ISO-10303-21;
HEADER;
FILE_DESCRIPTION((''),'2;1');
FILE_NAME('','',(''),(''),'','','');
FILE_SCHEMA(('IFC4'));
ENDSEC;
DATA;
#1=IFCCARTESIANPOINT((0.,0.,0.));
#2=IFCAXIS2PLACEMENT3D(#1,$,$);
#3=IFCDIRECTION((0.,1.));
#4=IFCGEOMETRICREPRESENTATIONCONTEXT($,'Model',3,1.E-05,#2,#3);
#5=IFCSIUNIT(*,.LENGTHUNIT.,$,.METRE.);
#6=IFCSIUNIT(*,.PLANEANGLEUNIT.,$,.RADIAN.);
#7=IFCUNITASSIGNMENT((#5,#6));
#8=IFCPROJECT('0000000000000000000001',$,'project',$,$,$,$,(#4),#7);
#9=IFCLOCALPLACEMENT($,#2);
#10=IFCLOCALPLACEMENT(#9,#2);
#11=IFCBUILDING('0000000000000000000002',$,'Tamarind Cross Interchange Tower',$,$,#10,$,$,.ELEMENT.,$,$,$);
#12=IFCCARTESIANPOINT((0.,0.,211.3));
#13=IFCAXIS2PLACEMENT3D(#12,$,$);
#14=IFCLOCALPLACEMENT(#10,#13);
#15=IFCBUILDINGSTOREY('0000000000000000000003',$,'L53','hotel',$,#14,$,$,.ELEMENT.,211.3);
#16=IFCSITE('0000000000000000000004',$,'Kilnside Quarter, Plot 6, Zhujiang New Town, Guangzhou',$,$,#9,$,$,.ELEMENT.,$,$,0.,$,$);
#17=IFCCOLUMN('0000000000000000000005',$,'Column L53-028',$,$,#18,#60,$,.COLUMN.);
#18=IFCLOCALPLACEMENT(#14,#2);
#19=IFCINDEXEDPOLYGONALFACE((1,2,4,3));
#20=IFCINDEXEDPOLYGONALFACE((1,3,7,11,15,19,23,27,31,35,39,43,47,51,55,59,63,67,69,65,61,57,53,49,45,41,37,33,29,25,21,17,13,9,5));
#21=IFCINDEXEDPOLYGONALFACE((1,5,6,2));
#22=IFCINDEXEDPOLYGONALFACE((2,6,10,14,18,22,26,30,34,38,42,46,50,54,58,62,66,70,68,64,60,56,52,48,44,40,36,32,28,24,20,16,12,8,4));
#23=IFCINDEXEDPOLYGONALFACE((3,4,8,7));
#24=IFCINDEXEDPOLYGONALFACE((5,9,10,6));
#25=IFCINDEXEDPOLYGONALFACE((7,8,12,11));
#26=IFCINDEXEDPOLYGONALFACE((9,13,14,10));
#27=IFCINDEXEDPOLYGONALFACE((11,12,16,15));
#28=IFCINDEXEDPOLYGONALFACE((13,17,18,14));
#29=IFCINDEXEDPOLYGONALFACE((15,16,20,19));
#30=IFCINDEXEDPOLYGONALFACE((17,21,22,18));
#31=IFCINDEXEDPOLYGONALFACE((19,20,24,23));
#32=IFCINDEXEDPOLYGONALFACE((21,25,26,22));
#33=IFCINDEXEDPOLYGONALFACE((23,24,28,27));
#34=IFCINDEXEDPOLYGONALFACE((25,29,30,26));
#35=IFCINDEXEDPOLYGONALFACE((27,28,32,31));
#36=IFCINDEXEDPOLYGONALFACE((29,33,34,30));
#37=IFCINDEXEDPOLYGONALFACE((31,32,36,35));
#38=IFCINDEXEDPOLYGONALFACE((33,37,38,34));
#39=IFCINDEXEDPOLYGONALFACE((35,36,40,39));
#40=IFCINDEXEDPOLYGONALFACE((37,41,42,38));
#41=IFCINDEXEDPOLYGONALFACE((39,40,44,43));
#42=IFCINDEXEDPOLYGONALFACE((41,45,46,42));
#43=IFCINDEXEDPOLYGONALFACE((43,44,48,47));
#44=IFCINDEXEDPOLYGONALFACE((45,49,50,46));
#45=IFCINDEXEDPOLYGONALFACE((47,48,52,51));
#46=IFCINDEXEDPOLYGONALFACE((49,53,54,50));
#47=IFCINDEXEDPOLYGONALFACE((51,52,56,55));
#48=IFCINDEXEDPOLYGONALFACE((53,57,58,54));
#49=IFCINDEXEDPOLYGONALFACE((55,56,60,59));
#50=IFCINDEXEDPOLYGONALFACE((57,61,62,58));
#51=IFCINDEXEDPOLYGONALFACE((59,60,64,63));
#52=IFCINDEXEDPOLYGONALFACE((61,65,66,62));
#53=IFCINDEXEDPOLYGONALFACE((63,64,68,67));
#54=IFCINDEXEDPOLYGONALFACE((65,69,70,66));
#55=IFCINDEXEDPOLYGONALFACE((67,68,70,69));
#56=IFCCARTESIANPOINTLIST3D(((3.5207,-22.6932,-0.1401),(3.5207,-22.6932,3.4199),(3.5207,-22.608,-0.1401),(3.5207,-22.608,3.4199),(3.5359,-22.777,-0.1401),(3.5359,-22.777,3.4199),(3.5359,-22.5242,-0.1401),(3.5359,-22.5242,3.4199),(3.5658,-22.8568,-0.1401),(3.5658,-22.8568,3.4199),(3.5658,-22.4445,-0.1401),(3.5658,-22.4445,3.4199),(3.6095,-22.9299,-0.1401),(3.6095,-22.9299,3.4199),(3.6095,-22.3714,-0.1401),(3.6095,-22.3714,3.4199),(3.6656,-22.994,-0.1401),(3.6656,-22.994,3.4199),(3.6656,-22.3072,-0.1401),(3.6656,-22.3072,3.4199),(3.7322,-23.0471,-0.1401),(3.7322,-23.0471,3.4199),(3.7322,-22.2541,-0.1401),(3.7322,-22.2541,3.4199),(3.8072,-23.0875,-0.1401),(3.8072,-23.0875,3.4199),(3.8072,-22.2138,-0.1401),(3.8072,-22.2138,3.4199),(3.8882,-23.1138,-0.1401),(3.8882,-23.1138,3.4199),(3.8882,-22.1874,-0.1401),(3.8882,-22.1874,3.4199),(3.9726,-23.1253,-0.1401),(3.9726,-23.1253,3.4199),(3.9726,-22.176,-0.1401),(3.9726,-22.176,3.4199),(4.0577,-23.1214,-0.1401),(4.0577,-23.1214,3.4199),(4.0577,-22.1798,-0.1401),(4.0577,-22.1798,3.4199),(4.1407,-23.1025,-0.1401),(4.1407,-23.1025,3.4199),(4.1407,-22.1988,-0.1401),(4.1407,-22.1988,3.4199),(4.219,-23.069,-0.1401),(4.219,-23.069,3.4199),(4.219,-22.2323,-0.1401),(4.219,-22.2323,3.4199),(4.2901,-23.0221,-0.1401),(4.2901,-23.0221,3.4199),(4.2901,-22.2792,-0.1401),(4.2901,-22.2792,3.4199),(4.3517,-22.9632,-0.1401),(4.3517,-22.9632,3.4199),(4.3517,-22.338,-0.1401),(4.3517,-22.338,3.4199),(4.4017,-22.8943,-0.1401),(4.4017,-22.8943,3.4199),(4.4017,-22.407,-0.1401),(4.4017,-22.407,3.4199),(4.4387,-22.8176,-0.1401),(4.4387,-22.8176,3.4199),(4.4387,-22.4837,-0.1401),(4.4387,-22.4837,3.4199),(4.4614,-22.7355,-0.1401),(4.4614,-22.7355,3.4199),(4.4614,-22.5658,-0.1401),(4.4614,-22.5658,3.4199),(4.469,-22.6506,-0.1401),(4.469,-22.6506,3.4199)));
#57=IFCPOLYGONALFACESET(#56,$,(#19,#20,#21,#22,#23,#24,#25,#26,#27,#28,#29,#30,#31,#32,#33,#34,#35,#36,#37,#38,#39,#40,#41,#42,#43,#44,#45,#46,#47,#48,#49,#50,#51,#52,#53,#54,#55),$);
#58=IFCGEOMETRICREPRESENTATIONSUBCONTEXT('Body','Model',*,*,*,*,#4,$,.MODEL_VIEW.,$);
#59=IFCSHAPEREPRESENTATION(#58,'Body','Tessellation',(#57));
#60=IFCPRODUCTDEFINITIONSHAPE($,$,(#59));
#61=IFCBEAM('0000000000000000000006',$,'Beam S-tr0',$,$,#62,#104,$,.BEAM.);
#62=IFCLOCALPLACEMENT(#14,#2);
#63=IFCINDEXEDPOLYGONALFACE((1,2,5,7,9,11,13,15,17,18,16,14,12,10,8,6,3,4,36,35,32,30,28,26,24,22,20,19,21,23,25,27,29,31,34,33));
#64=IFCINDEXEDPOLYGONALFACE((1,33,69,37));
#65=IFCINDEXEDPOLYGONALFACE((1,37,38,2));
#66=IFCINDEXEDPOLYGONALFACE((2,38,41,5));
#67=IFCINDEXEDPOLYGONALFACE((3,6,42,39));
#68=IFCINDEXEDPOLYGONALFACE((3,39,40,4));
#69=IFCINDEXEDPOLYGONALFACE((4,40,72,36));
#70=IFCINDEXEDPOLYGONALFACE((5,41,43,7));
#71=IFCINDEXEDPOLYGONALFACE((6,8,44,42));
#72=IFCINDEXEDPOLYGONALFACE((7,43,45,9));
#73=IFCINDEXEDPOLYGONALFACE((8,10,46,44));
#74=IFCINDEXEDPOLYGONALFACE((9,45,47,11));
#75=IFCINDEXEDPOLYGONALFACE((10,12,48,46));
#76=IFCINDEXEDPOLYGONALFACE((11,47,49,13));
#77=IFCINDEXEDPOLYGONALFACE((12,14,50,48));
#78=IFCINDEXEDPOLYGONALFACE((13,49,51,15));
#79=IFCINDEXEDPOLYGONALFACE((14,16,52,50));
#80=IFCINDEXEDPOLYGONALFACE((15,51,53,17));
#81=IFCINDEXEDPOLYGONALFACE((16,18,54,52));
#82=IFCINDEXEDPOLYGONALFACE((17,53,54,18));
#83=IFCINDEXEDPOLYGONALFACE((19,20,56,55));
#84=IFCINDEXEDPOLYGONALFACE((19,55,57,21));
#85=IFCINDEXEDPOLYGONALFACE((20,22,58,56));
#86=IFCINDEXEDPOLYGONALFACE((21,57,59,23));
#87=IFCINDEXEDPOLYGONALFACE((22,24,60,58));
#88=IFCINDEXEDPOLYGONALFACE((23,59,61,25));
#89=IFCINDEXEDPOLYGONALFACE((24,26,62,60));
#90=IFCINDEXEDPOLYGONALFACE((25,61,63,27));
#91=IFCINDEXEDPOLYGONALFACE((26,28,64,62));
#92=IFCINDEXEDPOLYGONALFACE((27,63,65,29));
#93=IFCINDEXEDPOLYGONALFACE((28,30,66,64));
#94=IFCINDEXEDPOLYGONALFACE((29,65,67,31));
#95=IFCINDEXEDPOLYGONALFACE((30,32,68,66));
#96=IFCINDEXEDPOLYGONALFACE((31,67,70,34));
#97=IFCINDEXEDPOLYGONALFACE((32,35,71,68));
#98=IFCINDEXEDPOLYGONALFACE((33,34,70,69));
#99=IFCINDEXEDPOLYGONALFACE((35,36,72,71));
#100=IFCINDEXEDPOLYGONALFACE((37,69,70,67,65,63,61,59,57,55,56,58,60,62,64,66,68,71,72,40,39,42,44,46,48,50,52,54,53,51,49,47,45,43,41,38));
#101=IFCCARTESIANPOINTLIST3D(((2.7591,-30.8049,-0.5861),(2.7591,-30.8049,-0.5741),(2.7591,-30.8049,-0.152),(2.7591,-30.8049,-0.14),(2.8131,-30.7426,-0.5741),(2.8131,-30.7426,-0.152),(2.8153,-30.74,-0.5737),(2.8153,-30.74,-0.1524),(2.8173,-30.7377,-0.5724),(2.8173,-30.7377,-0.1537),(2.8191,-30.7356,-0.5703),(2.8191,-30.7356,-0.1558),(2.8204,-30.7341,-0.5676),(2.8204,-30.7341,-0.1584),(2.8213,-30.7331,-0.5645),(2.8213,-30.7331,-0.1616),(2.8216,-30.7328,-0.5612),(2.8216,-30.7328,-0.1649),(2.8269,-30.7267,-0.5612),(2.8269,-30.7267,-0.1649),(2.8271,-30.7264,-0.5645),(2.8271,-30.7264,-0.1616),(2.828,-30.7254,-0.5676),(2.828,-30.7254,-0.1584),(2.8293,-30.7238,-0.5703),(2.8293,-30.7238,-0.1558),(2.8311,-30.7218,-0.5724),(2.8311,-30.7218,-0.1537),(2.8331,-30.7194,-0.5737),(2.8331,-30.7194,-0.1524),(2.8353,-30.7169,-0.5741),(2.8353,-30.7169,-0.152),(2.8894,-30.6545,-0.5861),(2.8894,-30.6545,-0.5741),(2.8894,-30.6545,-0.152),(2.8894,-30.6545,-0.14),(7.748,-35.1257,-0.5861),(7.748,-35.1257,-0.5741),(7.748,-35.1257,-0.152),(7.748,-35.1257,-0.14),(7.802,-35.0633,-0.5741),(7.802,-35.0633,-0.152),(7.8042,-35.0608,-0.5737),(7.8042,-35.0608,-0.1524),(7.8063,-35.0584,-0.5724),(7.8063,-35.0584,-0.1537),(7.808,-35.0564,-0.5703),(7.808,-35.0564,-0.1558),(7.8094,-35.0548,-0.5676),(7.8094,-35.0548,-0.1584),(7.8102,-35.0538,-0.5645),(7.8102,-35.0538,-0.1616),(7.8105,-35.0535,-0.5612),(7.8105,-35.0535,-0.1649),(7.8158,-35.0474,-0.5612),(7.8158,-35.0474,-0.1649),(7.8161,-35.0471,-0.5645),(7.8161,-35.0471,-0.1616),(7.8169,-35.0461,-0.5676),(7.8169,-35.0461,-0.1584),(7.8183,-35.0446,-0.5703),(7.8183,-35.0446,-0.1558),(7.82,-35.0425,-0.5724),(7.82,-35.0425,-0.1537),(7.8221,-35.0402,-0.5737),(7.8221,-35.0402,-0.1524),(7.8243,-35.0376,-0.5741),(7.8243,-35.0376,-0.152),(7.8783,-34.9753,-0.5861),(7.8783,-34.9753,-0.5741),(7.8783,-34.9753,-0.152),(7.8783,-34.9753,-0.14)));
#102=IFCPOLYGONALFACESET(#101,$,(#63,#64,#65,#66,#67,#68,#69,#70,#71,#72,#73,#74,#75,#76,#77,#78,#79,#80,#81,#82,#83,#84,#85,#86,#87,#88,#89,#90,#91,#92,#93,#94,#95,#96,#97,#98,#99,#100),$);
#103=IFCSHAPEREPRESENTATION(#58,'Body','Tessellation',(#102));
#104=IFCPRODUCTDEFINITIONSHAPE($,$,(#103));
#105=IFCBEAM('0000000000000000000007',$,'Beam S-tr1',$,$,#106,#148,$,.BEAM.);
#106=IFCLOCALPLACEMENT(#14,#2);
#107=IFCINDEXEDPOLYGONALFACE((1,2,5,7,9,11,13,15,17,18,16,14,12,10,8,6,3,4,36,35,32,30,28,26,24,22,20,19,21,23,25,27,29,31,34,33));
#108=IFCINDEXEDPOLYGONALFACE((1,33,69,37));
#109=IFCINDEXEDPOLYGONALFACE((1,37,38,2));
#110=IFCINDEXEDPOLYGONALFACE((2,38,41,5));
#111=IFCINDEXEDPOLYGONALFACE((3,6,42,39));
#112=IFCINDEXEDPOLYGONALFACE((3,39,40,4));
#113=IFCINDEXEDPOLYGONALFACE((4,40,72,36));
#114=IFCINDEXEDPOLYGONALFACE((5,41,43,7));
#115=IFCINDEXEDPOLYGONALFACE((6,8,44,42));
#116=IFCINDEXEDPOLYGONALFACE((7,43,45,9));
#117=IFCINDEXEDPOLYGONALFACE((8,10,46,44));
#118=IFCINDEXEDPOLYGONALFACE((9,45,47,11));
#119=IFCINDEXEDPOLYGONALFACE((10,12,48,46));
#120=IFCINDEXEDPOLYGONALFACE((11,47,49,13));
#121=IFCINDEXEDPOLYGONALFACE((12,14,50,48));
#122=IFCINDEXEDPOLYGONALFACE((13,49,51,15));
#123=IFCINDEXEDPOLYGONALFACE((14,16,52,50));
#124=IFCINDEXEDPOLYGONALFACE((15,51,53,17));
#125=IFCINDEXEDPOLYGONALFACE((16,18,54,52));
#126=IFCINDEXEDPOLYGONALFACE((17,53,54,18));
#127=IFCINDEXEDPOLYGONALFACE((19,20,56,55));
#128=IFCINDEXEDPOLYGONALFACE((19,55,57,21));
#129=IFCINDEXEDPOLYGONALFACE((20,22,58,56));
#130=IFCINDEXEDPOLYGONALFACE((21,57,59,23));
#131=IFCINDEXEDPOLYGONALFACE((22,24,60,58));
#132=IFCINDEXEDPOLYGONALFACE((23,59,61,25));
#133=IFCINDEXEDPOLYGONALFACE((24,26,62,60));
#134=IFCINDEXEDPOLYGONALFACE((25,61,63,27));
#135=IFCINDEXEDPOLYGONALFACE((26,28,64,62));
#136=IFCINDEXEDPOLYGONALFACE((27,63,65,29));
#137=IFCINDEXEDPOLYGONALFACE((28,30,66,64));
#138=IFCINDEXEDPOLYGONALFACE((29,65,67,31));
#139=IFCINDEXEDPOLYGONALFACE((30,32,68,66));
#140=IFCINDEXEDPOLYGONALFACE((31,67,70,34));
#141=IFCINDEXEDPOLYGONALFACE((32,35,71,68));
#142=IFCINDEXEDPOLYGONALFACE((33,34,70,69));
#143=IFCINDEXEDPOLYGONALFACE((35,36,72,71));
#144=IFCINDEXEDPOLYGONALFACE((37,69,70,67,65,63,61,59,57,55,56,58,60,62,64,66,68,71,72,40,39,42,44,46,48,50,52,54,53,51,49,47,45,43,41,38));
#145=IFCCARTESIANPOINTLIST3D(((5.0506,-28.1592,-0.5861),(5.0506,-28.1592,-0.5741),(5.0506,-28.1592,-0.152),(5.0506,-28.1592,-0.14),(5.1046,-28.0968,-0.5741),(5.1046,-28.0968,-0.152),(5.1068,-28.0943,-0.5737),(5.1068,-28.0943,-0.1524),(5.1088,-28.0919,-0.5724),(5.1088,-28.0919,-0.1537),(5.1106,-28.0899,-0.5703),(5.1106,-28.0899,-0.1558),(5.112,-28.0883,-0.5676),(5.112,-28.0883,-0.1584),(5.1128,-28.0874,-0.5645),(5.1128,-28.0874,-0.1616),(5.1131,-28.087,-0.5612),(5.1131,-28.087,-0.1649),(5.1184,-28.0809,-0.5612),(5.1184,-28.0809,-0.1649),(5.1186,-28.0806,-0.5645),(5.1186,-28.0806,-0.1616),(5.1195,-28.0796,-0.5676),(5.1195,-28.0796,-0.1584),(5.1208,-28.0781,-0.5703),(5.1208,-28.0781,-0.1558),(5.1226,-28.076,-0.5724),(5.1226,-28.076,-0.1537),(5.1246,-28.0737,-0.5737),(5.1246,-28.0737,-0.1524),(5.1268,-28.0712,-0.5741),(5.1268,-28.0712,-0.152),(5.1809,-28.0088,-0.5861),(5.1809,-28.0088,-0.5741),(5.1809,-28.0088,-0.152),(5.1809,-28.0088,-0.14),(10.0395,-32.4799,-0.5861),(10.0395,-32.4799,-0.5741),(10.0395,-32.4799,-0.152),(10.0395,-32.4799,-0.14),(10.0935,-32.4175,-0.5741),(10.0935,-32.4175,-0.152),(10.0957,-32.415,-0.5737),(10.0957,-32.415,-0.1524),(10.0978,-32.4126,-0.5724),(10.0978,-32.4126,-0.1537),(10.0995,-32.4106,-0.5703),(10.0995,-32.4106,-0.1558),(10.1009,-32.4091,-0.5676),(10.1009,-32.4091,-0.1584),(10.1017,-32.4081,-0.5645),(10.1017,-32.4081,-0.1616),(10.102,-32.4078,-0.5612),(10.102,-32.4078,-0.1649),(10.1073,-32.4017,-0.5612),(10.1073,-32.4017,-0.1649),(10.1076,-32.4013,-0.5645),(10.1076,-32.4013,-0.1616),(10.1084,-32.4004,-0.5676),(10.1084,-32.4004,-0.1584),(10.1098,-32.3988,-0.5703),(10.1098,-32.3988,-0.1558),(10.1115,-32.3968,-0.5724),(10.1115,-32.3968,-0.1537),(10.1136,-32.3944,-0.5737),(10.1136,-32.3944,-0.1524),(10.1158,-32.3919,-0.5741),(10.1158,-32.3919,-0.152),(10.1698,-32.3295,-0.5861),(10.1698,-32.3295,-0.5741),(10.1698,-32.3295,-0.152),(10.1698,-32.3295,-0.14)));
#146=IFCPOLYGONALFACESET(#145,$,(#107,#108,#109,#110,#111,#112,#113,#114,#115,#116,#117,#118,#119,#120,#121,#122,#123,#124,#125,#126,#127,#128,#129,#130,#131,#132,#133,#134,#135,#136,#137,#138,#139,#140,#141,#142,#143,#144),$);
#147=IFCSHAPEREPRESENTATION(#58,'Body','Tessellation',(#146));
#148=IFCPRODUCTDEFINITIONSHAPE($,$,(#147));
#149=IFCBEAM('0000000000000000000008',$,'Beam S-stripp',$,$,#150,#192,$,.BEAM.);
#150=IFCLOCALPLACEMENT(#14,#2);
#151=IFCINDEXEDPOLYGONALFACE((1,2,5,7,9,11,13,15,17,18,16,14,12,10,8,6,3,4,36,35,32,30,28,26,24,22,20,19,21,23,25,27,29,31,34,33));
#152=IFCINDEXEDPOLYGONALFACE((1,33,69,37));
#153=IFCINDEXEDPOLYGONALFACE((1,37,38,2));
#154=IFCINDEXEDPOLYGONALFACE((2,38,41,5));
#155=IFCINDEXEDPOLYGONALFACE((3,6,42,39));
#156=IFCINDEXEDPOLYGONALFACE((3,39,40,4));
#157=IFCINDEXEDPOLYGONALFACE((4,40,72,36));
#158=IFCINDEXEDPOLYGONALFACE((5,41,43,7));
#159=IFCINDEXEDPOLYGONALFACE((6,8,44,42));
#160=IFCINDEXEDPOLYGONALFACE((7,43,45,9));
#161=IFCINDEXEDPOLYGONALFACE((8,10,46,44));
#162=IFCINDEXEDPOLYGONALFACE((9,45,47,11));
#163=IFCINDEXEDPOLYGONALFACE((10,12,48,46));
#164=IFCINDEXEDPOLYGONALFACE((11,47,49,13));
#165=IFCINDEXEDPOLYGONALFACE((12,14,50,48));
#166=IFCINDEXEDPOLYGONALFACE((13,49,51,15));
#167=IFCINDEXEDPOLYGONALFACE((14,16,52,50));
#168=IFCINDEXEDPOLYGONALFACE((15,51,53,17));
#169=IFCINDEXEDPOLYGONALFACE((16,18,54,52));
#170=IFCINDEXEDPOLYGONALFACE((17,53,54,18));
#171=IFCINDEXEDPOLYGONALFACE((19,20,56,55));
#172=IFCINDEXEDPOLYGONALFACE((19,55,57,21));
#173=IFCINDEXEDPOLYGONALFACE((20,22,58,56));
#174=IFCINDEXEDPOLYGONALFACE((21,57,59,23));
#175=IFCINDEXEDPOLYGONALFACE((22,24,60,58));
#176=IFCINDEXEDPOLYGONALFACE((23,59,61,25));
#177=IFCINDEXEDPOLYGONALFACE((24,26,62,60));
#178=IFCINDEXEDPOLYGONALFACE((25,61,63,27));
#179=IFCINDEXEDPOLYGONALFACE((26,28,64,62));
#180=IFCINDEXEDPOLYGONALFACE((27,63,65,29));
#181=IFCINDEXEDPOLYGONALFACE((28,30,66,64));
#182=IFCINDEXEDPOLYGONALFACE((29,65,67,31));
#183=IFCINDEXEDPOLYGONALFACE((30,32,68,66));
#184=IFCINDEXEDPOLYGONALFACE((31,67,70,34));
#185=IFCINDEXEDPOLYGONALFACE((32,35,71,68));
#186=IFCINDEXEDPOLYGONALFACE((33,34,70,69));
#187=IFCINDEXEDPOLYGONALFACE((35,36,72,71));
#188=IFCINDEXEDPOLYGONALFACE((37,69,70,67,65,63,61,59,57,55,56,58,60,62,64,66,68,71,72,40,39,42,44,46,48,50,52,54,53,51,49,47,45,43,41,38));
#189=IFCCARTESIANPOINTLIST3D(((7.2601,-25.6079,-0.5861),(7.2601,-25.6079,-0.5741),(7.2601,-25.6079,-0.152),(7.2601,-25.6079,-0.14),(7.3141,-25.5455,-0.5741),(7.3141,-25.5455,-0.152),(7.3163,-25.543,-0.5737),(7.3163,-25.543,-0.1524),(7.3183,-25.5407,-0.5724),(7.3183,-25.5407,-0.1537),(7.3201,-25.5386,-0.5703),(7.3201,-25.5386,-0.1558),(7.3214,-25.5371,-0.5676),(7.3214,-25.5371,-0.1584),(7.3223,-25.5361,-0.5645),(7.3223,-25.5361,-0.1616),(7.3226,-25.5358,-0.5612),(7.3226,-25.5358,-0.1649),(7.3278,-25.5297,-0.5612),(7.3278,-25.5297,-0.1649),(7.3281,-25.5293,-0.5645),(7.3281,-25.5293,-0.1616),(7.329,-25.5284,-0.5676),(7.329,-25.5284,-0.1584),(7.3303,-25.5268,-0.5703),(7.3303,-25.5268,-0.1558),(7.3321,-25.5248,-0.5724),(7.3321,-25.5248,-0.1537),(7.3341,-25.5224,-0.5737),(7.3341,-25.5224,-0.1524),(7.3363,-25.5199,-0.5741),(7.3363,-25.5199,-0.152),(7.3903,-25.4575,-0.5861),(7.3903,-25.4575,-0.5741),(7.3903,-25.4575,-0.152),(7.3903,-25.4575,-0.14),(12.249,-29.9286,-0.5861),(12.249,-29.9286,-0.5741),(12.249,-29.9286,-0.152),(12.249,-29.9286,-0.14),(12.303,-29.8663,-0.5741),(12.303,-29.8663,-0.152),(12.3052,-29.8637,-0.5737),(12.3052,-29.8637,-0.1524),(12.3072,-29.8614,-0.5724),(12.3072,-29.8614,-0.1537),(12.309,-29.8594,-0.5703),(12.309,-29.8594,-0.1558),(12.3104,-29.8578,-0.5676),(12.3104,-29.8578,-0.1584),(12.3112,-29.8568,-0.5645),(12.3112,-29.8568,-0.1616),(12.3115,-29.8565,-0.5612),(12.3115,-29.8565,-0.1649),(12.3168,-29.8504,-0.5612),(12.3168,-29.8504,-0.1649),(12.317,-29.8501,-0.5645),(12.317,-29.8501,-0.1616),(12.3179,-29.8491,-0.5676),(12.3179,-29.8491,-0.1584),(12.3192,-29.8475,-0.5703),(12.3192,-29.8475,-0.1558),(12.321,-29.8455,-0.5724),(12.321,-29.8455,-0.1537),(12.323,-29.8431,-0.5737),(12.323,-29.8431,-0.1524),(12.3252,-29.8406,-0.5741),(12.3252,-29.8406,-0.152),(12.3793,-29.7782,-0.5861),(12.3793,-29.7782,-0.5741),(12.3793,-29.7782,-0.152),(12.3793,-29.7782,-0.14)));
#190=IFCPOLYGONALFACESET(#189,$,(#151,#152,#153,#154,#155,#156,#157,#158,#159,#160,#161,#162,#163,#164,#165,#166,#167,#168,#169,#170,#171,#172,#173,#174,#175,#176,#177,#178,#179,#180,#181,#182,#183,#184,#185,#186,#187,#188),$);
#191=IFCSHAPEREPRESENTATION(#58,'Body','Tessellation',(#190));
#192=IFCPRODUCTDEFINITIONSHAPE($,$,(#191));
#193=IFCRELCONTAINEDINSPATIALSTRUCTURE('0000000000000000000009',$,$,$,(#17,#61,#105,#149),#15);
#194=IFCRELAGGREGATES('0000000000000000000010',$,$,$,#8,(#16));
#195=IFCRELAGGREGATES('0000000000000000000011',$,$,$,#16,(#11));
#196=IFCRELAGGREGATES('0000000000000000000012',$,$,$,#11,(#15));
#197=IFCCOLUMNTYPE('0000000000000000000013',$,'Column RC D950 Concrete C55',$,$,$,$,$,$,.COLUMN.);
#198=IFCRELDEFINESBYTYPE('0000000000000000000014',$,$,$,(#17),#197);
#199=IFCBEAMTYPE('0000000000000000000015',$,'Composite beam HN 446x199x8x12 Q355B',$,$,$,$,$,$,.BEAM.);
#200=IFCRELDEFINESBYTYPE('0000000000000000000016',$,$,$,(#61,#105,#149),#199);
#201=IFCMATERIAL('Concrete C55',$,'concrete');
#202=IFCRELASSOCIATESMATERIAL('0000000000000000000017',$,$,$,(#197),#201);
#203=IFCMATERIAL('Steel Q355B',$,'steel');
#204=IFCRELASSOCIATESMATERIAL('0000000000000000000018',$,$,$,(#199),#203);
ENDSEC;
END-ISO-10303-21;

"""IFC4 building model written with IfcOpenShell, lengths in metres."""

from ifc_helpers import new_model, si_unit, direction, frame, origin, origin_2d, place, context, subcontext, project, spatial, circle, i_section, extrude, material, material_profile, profile_set, type_object, element, save


model = new_model("IFC4")

# Units and contexts
model_context = context("Model", 3, precision=1e-05, world=origin(), true_north=direction((0.0, 1.0)))
body_context = subcontext(model_context, "Body", "Model", "MODEL_VIEW")
ifc_project = project(units=[si_unit("LENGTHUNIT", "METRE"), si_unit("PLANEANGLEUNIT", "RADIAN")], contexts=[model_context])

# Site, building, storey
site_placement = place(None, origin())
site = spatial("IfcSite", under=ifc_project, at=site_placement, Name="Kilnside Quarter, Plot 6, Zhujiang New Town, Guangzhou", CompositionType="ELEMENT", RefElevation=0.0)
building_placement = place(site_placement, origin())
building = spatial("IfcBuilding", under=site, at=building_placement, Name="Tamarind Cross Interchange Tower", CompositionType="ELEMENT")
storey_placement = place(building_placement, frame((0.0, 0.0, 211.3)))
storey = spatial("IfcBuildingStorey", under=building, at=storey_placement, Name="L53", Description="hotel", CompositionType="ELEMENT", Elevation=211.3)

# Column
ifc_material_1 = material(Name="Concrete C55", Category="concrete")
ifc_material_profile_1 = material_profile(ifc_material_1, circle(Radius=0.4751, at=origin_2d()), Name="RC D950")
ifc_profile_set_1 = profile_set([ifc_material_profile_1], Name="Concrete C55")
column_type = type_object("IfcColumnType", Name="Column RC D950 Concrete C55", PredefinedType="COLUMN", material=ifc_profile_set_1)
column_placement = place(storey_placement, frame((3.9939, -22.6506, -0.1401), z_axis=(0.0, 0.0, 1.0), x_axis=(1.0, 0.0, 0.0)))
element("IfcColumn", 1, at=column_placement, inside=storey, type_object=column_type, Name="Column L53-028", PredefinedType="COLUMN", context=body_context, shape_type="SweptSolid", body=[
    extrude(circle(Radius=0.4751, at=origin_2d()), origin(), (0.0, 0.0, 1.0), 3.5601),
])

# Beams
ifc_material_2 = material(Name="Steel Q355B", Category="steel")
ifc_material_profile_2 = material_profile(ifc_material_2, i_section(OverallWidth=0.199, OverallDepth=0.446, WebThickness=0.0081, FlangeThickness=0.012, FilletRadius=0.0129, at=origin_2d()), Name="HN 446x199x8x12")
ifc_profile_set_2 = profile_set([ifc_material_profile_2], Name="Steel Q355B")
beam_type_1 = type_object("IfcBeamType", Name="Composite beam HN 446x199x8x12 Q355B", PredefinedType="BEAM", material=ifc_profile_set_2)
for number, where, z_axis, x_axis, name in (
    (2, (2.8242, -30.7297, -0.363), (0.755915, -0.65467, 0.0), (0.65467, 0.755915, 0.0), "Beam S-tr0"),
    (3, (5.1157, -28.084, -0.363), (0.755915, -0.65467, 0.0), (0.65467, 0.755915, 0.0), "Beam S-tr1"),
    (4, (7.3252, -25.5327, -0.363), (0.755915, -0.65467, 0.0), (0.65467, 0.755915, 0.0), "Beam S-stripp"),
):
    element("IfcBeam", number, at=place(storey_placement, frame(where, z_axis=z_axis, x_axis=x_axis)), inside=storey, type_object=beam_type_1, Name=name, PredefinedType="BEAM", context=body_context, shape_type="SweptSolid", body=[
        extrude(i_section(OverallWidth=0.199, OverallDepth=0.446, WebThickness=0.0081, FlangeThickness=0.012, FilletRadius=0.0129, at=origin_2d()), origin(), (0.0, 0.0, 1.0), 6.5999),
    ])

save(model, "model.ifc")
